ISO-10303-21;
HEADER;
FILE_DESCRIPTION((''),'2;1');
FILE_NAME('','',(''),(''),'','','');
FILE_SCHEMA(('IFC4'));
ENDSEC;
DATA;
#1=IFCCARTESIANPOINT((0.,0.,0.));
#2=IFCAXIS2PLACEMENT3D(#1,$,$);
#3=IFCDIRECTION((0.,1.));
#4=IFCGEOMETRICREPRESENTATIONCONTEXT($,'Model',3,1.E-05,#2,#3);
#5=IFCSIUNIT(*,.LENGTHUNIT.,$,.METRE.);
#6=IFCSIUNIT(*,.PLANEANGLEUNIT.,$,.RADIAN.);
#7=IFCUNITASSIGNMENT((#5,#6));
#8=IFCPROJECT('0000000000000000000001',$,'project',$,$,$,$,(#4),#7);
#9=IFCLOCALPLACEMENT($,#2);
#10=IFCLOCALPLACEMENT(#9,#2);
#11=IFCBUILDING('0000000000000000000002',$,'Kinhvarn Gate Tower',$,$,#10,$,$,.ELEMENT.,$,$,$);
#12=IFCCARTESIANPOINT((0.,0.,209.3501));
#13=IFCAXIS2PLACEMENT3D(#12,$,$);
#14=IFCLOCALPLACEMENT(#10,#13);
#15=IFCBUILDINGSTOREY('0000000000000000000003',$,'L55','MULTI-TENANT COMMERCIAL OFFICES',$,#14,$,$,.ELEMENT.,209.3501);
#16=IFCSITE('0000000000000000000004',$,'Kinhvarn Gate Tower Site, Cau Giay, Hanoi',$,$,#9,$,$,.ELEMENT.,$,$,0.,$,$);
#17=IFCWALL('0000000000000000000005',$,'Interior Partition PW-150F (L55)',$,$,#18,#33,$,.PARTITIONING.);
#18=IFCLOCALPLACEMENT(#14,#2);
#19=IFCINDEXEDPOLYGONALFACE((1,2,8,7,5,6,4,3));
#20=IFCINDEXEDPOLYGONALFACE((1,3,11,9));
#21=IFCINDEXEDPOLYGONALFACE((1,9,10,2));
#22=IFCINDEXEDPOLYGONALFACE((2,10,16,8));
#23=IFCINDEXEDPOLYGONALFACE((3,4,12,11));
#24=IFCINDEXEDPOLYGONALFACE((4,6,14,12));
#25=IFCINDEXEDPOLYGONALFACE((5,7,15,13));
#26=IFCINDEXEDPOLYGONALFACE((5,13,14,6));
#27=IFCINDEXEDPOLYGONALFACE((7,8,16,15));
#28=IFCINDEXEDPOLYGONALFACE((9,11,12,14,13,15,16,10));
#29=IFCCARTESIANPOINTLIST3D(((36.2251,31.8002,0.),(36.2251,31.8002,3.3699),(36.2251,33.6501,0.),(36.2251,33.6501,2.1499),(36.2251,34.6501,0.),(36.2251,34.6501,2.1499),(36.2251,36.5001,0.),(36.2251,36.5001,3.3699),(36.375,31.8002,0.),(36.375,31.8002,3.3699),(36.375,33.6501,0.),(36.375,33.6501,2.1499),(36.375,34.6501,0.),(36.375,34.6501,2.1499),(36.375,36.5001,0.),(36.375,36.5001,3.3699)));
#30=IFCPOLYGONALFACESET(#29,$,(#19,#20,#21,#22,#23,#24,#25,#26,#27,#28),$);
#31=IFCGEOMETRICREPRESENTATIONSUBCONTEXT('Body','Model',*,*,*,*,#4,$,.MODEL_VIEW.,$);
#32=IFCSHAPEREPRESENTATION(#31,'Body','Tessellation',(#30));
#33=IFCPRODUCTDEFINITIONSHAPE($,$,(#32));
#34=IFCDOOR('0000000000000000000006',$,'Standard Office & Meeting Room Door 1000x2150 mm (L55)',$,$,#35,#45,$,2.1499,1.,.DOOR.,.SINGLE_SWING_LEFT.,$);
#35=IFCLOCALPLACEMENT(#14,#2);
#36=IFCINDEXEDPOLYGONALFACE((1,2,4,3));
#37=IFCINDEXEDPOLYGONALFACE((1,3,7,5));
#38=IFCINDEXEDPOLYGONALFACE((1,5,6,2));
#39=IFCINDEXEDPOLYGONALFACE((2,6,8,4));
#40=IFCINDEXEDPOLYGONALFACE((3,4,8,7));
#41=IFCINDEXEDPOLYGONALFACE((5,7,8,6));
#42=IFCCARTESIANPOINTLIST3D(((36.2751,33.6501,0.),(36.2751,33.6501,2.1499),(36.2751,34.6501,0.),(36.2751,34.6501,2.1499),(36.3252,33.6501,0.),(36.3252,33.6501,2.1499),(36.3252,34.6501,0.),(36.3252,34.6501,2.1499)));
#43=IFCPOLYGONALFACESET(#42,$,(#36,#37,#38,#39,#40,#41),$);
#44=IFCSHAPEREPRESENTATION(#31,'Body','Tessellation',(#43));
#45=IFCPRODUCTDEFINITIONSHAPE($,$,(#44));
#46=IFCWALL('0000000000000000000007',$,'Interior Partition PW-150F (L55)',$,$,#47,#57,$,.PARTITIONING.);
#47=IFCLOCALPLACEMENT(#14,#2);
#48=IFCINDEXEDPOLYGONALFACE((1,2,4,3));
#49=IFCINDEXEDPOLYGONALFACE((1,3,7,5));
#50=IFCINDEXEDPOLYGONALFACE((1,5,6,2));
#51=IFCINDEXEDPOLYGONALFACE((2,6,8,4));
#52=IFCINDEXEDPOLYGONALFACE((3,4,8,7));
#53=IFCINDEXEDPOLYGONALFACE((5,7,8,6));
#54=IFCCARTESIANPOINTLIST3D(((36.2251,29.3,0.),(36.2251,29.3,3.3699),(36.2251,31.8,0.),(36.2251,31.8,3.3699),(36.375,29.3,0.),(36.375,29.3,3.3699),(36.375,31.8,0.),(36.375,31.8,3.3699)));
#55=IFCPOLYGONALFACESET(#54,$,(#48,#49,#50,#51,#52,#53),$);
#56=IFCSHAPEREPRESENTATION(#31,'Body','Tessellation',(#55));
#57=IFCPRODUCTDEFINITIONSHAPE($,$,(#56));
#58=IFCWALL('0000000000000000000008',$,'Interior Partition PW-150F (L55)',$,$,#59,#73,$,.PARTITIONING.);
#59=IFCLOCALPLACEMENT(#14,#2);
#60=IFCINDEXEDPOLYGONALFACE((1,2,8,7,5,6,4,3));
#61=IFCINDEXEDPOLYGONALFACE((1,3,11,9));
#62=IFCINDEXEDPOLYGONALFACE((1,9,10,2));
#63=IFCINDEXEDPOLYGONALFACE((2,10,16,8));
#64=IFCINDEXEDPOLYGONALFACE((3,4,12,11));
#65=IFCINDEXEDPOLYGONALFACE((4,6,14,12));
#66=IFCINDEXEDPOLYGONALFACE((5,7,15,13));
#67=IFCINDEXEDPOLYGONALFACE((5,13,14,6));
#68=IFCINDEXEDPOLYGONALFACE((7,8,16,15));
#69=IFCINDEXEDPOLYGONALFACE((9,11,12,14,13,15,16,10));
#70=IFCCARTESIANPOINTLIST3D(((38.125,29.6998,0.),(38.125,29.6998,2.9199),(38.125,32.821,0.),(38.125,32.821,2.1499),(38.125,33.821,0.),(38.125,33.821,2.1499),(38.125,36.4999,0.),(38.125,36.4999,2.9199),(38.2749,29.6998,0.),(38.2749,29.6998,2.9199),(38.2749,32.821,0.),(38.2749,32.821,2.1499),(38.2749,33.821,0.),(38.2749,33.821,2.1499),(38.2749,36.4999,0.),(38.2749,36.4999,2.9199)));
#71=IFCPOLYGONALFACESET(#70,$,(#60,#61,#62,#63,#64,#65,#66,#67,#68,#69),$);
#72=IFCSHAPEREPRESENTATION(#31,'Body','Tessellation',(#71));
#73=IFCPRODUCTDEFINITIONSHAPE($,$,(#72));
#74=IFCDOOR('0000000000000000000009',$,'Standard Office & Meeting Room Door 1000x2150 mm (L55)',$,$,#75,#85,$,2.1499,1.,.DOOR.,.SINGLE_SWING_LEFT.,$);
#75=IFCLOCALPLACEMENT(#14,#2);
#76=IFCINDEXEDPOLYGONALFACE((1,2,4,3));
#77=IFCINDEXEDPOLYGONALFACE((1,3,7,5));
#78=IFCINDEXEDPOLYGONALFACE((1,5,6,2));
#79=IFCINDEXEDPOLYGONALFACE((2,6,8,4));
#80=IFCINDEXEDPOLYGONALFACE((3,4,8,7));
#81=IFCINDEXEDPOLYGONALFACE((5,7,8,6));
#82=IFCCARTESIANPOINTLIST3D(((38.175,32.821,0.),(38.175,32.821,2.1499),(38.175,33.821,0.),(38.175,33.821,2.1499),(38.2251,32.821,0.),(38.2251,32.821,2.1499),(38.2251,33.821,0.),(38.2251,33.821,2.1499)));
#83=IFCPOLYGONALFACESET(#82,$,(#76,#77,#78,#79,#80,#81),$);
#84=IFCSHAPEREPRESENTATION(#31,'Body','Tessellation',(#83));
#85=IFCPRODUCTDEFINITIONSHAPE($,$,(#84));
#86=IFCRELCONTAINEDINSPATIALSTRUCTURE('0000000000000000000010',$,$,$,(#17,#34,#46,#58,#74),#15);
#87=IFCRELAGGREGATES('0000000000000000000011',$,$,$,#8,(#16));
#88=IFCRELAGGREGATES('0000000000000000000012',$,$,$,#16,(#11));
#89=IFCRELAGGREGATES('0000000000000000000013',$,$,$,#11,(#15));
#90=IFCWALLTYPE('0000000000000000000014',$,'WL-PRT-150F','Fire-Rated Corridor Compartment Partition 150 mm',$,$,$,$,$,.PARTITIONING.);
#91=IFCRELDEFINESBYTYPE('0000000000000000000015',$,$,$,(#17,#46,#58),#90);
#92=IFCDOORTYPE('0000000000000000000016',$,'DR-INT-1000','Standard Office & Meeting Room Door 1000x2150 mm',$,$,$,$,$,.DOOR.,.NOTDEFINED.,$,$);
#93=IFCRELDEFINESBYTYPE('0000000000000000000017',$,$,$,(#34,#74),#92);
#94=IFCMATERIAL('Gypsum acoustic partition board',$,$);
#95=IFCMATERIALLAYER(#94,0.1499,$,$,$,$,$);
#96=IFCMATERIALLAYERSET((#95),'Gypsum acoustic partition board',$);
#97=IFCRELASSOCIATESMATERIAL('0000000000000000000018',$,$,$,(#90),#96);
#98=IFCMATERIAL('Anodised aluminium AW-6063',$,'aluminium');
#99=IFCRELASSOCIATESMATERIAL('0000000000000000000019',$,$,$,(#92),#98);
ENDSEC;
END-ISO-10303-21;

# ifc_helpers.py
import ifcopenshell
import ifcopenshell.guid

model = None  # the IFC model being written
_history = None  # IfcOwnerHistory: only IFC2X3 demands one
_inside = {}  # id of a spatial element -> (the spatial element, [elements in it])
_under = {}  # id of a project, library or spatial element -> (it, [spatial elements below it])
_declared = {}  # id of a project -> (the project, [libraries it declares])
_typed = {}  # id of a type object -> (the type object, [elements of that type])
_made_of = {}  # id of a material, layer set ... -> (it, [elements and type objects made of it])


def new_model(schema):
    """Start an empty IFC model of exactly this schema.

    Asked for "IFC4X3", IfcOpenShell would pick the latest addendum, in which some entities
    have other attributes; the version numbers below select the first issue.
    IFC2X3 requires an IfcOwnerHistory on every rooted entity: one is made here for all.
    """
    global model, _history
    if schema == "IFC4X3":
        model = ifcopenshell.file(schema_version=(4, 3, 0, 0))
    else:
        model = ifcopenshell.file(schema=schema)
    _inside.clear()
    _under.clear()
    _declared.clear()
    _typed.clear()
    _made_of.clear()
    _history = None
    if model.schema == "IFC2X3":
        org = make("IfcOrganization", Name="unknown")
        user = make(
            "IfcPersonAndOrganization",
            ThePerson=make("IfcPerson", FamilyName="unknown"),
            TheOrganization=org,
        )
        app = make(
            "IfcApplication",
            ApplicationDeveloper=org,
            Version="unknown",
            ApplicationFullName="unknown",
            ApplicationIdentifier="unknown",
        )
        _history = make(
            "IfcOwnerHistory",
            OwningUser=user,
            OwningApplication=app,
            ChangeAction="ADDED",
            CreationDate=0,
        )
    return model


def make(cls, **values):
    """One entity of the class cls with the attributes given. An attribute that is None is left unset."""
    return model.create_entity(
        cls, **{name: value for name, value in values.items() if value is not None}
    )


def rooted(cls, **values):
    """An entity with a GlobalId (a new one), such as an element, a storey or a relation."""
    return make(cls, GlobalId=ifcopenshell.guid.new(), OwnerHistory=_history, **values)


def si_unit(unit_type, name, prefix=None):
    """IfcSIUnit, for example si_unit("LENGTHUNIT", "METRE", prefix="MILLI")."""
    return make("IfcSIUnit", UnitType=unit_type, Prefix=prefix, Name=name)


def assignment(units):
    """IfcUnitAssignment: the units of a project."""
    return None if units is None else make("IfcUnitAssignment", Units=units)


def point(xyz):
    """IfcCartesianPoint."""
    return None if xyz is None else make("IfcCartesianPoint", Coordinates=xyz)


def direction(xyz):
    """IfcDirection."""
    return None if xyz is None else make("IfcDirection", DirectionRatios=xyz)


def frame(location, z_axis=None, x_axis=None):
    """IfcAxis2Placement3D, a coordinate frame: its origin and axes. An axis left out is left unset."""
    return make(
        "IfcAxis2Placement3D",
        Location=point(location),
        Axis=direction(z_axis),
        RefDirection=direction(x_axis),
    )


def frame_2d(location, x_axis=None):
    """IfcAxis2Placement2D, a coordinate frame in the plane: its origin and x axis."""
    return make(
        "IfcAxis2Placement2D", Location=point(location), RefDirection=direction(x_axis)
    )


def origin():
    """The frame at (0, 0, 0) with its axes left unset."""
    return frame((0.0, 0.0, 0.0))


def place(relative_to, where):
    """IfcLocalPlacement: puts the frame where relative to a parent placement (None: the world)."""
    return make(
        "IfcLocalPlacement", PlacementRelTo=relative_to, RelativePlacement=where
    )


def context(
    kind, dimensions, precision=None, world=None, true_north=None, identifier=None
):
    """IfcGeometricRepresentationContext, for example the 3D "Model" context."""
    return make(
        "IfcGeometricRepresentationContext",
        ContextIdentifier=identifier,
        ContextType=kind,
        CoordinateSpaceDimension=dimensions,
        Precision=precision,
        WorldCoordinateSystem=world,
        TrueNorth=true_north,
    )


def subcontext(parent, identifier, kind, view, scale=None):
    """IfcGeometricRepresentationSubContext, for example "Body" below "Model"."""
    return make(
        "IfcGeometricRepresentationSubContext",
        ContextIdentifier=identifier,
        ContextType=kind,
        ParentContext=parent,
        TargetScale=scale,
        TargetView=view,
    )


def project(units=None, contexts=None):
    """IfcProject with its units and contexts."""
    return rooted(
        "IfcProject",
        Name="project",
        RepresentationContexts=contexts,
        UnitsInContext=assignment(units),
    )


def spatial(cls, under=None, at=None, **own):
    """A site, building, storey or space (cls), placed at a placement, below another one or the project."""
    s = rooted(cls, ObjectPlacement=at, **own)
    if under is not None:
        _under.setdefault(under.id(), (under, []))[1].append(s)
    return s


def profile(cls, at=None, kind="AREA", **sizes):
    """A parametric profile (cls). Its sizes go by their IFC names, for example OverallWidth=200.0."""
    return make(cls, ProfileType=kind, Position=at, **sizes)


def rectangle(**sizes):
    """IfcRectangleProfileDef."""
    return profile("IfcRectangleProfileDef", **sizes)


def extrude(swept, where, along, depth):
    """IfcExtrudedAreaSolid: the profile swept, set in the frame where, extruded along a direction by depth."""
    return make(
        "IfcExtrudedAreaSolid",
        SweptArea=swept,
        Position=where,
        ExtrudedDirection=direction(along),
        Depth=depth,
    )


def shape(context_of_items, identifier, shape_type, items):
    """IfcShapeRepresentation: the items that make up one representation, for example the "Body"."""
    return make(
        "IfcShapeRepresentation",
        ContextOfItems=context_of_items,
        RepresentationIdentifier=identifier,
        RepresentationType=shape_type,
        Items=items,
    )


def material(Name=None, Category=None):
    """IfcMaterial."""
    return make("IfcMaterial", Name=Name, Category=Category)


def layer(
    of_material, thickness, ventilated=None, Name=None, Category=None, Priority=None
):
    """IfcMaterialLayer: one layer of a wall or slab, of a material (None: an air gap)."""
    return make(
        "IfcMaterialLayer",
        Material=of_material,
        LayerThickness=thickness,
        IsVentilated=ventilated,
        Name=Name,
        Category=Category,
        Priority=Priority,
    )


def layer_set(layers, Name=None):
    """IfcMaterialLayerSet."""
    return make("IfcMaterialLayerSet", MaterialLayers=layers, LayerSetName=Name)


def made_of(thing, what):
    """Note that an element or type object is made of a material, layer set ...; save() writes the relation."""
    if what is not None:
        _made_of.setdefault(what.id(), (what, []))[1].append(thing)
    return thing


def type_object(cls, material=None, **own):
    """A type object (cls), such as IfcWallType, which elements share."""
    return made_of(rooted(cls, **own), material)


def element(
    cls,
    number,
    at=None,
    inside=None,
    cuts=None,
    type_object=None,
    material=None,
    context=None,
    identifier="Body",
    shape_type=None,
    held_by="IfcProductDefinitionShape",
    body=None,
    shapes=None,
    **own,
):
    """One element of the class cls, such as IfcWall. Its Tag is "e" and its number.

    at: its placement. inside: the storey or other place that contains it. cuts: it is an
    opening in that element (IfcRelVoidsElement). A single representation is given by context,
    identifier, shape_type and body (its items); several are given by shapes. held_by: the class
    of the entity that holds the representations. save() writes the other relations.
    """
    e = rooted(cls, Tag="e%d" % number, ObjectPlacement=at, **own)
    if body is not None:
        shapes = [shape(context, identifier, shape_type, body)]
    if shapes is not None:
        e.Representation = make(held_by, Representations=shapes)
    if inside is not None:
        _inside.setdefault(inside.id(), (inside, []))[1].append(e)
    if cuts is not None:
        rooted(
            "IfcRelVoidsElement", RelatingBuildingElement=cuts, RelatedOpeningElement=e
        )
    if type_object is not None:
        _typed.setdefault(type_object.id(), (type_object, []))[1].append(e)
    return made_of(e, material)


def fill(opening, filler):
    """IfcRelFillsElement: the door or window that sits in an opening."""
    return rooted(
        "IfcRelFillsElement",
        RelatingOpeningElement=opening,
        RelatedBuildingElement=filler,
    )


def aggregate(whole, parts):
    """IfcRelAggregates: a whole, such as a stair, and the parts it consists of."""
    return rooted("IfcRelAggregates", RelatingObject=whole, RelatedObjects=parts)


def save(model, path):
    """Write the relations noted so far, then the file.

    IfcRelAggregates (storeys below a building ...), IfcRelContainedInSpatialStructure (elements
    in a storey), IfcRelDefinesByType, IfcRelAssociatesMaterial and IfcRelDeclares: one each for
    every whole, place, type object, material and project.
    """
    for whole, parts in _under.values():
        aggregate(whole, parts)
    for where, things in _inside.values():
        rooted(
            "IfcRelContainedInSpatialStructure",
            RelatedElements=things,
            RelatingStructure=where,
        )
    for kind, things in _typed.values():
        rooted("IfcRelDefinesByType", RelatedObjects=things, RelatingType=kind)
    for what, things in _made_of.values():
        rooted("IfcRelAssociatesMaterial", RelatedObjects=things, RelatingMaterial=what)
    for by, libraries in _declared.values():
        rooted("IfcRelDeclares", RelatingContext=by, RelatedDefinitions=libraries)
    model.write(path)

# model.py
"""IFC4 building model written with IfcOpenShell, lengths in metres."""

from ifc_helpers import new_model, si_unit, direction, frame, frame_2d, origin, place, context, subcontext, project, spatial, rectangle, extrude, material, layer, layer_set, type_object, element, fill, save


model = new_model("IFC4")

# Units and contexts
model_context = context("Model", 3, precision=1e-05, world=origin(), true_north=direction((0.0, 1.0)))
body_context = subcontext(model_context, "Body", "Model", "MODEL_VIEW")
ifc_project = project(units=[si_unit("LENGTHUNIT", "METRE"), si_unit("PLANEANGLEUNIT", "RADIAN")], contexts=[model_context])

# Site, building, storey
site_placement = place(None, origin())
site = spatial("IfcSite", under=ifc_project, at=site_placement, Name="Kinhvarn Gate Tower Site, Cau Giay, Hanoi", CompositionType="ELEMENT", RefElevation=0.0)
building_placement = place(site_placement, origin())
building = spatial("IfcBuilding", under=site, at=building_placement, Name="Kinhvarn Gate Tower", CompositionType="ELEMENT")
storey_placement = place(building_placement, frame((0.0, 0.0, 209.3501)))
storey = spatial("IfcBuildingStorey", under=building, at=storey_placement, Name="L55", Description="MULTI-TENANT COMMERCIAL OFFICES", CompositionType="ELEMENT", Elevation=209.3501)

# Shared definitions
ifc_material_1 = material(Name="Gypsum acoustic partition board")

# Wall, opening, door
ifc_layer_1 = layer(ifc_material_1, 0.1499)
ifc_layer_set_1 = layer_set([ifc_layer_1], Name="Gypsum acoustic partition board")
wall_type_1 = type_object("IfcWallType", Name="WL-PRT-150F", Description="Fire-Rated Corridor Compartment Partition 150 mm", PredefinedType="PARTITIONING", material=ifc_layer_set_1)
wall_1_placement = place(storey_placement, frame((36.3, 31.8, 0.0), z_axis=(0.0, 0.0, 1.0), x_axis=(0.0, 1.0, 0.0)))
wall_1 = element("IfcWall", 1, at=wall_1_placement, inside=storey, type_object=wall_type_1, Name="Interior Partition PW-150F (L55)", PredefinedType="PARTITIONING", context=body_context, shape_type="SweptSolid", body=[
    extrude(rectangle(XDim=4.7, YDim=0.1499, at=frame_2d((2.3501, 0.0))), origin(), (0.0, 0.0, 1.0), 3.3699),
])
opening_1_placement = place(wall_1_placement, frame((1.8501, 0.0, 0.0)))
opening_1 = element("IfcOpeningElement", 2, at=opening_1_placement, cuts=wall_1, PredefinedType="OPENING", context=body_context, shape_type="SweptSolid", body=[
    extrude(rectangle(XDim=1.0, YDim=2.1499, at=frame_2d((0.5, 1.075))), frame((0.0, 0.085, 0.0), z_axis=(0.0, -1.0, 0.0), x_axis=(1.0, 0.0, 0.0)), (0.0, 0.0, 1.0), 0.1699),
])
ifc_material_2 = material(Name="Anodised aluminium AW-6063", Category="aluminium")
door_type = type_object("IfcDoorType", Name="DR-INT-1000", Description="Standard Office & Meeting Room Door 1000x2150 mm", OperationType="NOTDEFINED", PredefinedType="DOOR", material=ifc_material_2)
door_1_placement = place(opening_1_placement, origin())
door_1 = element("IfcDoor", 3, at=door_1_placement, inside=storey, type_object=door_type, Name="Standard Office & Meeting Room Door 1000x2150 mm (L55)", OperationType="SINGLE_SWING_LEFT", OverallHeight=2.1499, OverallWidth=1.0, PredefinedType="DOOR", context=body_context, shape_type="SweptSolid", body=[
    extrude(rectangle(XDim=1.0, YDim=2.1499, at=frame_2d((0.5, 1.075))), frame((0.0, 0.0249, 0.0), z_axis=(0.0, -1.0, 0.0), x_axis=(1.0, 0.0, 0.0)), (0.0, 0.0, 1.0), 0.05),
])
fill(opening_1, door_1)

# Wall
wall_2_placement = place(storey_placement, frame((36.3, 29.3, 0.0), z_axis=(0.0, 0.0, 1.0), x_axis=(0.0, 1.0, 0.0)))
element("IfcWall", 4, at=wall_2_placement, inside=storey, type_object=wall_type_1, Name="Interior Partition PW-150F (L55)", PredefinedType="PARTITIONING", context=body_context, shape_type="SweptSolid", body=[
    extrude(rectangle(XDim=2.5, YDim=0.1499, at=frame_2d((1.25, 0.0))), origin(), (0.0, 0.0, 1.0), 3.3699),
])

# Wall, opening, door
wall_3_placement = place(storey_placement, frame((38.2, 29.7, 0.0), z_axis=(0.0, 0.0, 1.0), x_axis=(0.0, 1.0, 0.0)))
wall_3 = element("IfcWall", 5, at=wall_3_placement, inside=storey, type_object=wall_type_1, Name="Interior Partition PW-150F (L55)", PredefinedType="PARTITIONING", context=body_context, shape_type="SweptSolid", body=[
    extrude(rectangle(XDim=6.8, YDim=0.1499, at=frame_2d((3.3999, 0.0))), origin(), (0.0, 0.0, 1.0), 2.9199),
])
opening_2_placement = place(wall_3_placement, frame((3.1211, 0.0, 0.0)))
opening_2 = element("IfcOpeningElement", 6, at=opening_2_placement, cuts=wall_3, PredefinedType="OPENING", context=body_context, shape_type="SweptSolid", body=[
    extrude(rectangle(XDim=1.0, YDim=2.1499, at=frame_2d((0.5, 1.075))), frame((0.0, 0.085, 0.0), z_axis=(0.0, -1.0, 0.0), x_axis=(1.0, 0.0, 0.0)), (0.0, 0.0, 1.0), 0.1699),
])
door_2_placement = place(opening_2_placement, origin())
door_2 = element("IfcDoor", 7, at=door_2_placement, inside=storey, type_object=door_type, Name="Standard Office & Meeting Room Door 1000x2150 mm (L55)", OperationType="SINGLE_SWING_LEFT", OverallHeight=2.1499, OverallWidth=1.0, PredefinedType="DOOR", context=body_context, shape_type="SweptSolid", body=[
    extrude(rectangle(XDim=1.0, YDim=2.1499, at=frame_2d((0.5, 1.075))), frame((0.0, 0.0249, 0.0), z_axis=(0.0, -1.0, 0.0), x_axis=(1.0, 0.0, 0.0)), (0.0, 0.0, 1.0), 0.05),
])
fill(opening_2, door_2)

save(model, "model.ifc")
